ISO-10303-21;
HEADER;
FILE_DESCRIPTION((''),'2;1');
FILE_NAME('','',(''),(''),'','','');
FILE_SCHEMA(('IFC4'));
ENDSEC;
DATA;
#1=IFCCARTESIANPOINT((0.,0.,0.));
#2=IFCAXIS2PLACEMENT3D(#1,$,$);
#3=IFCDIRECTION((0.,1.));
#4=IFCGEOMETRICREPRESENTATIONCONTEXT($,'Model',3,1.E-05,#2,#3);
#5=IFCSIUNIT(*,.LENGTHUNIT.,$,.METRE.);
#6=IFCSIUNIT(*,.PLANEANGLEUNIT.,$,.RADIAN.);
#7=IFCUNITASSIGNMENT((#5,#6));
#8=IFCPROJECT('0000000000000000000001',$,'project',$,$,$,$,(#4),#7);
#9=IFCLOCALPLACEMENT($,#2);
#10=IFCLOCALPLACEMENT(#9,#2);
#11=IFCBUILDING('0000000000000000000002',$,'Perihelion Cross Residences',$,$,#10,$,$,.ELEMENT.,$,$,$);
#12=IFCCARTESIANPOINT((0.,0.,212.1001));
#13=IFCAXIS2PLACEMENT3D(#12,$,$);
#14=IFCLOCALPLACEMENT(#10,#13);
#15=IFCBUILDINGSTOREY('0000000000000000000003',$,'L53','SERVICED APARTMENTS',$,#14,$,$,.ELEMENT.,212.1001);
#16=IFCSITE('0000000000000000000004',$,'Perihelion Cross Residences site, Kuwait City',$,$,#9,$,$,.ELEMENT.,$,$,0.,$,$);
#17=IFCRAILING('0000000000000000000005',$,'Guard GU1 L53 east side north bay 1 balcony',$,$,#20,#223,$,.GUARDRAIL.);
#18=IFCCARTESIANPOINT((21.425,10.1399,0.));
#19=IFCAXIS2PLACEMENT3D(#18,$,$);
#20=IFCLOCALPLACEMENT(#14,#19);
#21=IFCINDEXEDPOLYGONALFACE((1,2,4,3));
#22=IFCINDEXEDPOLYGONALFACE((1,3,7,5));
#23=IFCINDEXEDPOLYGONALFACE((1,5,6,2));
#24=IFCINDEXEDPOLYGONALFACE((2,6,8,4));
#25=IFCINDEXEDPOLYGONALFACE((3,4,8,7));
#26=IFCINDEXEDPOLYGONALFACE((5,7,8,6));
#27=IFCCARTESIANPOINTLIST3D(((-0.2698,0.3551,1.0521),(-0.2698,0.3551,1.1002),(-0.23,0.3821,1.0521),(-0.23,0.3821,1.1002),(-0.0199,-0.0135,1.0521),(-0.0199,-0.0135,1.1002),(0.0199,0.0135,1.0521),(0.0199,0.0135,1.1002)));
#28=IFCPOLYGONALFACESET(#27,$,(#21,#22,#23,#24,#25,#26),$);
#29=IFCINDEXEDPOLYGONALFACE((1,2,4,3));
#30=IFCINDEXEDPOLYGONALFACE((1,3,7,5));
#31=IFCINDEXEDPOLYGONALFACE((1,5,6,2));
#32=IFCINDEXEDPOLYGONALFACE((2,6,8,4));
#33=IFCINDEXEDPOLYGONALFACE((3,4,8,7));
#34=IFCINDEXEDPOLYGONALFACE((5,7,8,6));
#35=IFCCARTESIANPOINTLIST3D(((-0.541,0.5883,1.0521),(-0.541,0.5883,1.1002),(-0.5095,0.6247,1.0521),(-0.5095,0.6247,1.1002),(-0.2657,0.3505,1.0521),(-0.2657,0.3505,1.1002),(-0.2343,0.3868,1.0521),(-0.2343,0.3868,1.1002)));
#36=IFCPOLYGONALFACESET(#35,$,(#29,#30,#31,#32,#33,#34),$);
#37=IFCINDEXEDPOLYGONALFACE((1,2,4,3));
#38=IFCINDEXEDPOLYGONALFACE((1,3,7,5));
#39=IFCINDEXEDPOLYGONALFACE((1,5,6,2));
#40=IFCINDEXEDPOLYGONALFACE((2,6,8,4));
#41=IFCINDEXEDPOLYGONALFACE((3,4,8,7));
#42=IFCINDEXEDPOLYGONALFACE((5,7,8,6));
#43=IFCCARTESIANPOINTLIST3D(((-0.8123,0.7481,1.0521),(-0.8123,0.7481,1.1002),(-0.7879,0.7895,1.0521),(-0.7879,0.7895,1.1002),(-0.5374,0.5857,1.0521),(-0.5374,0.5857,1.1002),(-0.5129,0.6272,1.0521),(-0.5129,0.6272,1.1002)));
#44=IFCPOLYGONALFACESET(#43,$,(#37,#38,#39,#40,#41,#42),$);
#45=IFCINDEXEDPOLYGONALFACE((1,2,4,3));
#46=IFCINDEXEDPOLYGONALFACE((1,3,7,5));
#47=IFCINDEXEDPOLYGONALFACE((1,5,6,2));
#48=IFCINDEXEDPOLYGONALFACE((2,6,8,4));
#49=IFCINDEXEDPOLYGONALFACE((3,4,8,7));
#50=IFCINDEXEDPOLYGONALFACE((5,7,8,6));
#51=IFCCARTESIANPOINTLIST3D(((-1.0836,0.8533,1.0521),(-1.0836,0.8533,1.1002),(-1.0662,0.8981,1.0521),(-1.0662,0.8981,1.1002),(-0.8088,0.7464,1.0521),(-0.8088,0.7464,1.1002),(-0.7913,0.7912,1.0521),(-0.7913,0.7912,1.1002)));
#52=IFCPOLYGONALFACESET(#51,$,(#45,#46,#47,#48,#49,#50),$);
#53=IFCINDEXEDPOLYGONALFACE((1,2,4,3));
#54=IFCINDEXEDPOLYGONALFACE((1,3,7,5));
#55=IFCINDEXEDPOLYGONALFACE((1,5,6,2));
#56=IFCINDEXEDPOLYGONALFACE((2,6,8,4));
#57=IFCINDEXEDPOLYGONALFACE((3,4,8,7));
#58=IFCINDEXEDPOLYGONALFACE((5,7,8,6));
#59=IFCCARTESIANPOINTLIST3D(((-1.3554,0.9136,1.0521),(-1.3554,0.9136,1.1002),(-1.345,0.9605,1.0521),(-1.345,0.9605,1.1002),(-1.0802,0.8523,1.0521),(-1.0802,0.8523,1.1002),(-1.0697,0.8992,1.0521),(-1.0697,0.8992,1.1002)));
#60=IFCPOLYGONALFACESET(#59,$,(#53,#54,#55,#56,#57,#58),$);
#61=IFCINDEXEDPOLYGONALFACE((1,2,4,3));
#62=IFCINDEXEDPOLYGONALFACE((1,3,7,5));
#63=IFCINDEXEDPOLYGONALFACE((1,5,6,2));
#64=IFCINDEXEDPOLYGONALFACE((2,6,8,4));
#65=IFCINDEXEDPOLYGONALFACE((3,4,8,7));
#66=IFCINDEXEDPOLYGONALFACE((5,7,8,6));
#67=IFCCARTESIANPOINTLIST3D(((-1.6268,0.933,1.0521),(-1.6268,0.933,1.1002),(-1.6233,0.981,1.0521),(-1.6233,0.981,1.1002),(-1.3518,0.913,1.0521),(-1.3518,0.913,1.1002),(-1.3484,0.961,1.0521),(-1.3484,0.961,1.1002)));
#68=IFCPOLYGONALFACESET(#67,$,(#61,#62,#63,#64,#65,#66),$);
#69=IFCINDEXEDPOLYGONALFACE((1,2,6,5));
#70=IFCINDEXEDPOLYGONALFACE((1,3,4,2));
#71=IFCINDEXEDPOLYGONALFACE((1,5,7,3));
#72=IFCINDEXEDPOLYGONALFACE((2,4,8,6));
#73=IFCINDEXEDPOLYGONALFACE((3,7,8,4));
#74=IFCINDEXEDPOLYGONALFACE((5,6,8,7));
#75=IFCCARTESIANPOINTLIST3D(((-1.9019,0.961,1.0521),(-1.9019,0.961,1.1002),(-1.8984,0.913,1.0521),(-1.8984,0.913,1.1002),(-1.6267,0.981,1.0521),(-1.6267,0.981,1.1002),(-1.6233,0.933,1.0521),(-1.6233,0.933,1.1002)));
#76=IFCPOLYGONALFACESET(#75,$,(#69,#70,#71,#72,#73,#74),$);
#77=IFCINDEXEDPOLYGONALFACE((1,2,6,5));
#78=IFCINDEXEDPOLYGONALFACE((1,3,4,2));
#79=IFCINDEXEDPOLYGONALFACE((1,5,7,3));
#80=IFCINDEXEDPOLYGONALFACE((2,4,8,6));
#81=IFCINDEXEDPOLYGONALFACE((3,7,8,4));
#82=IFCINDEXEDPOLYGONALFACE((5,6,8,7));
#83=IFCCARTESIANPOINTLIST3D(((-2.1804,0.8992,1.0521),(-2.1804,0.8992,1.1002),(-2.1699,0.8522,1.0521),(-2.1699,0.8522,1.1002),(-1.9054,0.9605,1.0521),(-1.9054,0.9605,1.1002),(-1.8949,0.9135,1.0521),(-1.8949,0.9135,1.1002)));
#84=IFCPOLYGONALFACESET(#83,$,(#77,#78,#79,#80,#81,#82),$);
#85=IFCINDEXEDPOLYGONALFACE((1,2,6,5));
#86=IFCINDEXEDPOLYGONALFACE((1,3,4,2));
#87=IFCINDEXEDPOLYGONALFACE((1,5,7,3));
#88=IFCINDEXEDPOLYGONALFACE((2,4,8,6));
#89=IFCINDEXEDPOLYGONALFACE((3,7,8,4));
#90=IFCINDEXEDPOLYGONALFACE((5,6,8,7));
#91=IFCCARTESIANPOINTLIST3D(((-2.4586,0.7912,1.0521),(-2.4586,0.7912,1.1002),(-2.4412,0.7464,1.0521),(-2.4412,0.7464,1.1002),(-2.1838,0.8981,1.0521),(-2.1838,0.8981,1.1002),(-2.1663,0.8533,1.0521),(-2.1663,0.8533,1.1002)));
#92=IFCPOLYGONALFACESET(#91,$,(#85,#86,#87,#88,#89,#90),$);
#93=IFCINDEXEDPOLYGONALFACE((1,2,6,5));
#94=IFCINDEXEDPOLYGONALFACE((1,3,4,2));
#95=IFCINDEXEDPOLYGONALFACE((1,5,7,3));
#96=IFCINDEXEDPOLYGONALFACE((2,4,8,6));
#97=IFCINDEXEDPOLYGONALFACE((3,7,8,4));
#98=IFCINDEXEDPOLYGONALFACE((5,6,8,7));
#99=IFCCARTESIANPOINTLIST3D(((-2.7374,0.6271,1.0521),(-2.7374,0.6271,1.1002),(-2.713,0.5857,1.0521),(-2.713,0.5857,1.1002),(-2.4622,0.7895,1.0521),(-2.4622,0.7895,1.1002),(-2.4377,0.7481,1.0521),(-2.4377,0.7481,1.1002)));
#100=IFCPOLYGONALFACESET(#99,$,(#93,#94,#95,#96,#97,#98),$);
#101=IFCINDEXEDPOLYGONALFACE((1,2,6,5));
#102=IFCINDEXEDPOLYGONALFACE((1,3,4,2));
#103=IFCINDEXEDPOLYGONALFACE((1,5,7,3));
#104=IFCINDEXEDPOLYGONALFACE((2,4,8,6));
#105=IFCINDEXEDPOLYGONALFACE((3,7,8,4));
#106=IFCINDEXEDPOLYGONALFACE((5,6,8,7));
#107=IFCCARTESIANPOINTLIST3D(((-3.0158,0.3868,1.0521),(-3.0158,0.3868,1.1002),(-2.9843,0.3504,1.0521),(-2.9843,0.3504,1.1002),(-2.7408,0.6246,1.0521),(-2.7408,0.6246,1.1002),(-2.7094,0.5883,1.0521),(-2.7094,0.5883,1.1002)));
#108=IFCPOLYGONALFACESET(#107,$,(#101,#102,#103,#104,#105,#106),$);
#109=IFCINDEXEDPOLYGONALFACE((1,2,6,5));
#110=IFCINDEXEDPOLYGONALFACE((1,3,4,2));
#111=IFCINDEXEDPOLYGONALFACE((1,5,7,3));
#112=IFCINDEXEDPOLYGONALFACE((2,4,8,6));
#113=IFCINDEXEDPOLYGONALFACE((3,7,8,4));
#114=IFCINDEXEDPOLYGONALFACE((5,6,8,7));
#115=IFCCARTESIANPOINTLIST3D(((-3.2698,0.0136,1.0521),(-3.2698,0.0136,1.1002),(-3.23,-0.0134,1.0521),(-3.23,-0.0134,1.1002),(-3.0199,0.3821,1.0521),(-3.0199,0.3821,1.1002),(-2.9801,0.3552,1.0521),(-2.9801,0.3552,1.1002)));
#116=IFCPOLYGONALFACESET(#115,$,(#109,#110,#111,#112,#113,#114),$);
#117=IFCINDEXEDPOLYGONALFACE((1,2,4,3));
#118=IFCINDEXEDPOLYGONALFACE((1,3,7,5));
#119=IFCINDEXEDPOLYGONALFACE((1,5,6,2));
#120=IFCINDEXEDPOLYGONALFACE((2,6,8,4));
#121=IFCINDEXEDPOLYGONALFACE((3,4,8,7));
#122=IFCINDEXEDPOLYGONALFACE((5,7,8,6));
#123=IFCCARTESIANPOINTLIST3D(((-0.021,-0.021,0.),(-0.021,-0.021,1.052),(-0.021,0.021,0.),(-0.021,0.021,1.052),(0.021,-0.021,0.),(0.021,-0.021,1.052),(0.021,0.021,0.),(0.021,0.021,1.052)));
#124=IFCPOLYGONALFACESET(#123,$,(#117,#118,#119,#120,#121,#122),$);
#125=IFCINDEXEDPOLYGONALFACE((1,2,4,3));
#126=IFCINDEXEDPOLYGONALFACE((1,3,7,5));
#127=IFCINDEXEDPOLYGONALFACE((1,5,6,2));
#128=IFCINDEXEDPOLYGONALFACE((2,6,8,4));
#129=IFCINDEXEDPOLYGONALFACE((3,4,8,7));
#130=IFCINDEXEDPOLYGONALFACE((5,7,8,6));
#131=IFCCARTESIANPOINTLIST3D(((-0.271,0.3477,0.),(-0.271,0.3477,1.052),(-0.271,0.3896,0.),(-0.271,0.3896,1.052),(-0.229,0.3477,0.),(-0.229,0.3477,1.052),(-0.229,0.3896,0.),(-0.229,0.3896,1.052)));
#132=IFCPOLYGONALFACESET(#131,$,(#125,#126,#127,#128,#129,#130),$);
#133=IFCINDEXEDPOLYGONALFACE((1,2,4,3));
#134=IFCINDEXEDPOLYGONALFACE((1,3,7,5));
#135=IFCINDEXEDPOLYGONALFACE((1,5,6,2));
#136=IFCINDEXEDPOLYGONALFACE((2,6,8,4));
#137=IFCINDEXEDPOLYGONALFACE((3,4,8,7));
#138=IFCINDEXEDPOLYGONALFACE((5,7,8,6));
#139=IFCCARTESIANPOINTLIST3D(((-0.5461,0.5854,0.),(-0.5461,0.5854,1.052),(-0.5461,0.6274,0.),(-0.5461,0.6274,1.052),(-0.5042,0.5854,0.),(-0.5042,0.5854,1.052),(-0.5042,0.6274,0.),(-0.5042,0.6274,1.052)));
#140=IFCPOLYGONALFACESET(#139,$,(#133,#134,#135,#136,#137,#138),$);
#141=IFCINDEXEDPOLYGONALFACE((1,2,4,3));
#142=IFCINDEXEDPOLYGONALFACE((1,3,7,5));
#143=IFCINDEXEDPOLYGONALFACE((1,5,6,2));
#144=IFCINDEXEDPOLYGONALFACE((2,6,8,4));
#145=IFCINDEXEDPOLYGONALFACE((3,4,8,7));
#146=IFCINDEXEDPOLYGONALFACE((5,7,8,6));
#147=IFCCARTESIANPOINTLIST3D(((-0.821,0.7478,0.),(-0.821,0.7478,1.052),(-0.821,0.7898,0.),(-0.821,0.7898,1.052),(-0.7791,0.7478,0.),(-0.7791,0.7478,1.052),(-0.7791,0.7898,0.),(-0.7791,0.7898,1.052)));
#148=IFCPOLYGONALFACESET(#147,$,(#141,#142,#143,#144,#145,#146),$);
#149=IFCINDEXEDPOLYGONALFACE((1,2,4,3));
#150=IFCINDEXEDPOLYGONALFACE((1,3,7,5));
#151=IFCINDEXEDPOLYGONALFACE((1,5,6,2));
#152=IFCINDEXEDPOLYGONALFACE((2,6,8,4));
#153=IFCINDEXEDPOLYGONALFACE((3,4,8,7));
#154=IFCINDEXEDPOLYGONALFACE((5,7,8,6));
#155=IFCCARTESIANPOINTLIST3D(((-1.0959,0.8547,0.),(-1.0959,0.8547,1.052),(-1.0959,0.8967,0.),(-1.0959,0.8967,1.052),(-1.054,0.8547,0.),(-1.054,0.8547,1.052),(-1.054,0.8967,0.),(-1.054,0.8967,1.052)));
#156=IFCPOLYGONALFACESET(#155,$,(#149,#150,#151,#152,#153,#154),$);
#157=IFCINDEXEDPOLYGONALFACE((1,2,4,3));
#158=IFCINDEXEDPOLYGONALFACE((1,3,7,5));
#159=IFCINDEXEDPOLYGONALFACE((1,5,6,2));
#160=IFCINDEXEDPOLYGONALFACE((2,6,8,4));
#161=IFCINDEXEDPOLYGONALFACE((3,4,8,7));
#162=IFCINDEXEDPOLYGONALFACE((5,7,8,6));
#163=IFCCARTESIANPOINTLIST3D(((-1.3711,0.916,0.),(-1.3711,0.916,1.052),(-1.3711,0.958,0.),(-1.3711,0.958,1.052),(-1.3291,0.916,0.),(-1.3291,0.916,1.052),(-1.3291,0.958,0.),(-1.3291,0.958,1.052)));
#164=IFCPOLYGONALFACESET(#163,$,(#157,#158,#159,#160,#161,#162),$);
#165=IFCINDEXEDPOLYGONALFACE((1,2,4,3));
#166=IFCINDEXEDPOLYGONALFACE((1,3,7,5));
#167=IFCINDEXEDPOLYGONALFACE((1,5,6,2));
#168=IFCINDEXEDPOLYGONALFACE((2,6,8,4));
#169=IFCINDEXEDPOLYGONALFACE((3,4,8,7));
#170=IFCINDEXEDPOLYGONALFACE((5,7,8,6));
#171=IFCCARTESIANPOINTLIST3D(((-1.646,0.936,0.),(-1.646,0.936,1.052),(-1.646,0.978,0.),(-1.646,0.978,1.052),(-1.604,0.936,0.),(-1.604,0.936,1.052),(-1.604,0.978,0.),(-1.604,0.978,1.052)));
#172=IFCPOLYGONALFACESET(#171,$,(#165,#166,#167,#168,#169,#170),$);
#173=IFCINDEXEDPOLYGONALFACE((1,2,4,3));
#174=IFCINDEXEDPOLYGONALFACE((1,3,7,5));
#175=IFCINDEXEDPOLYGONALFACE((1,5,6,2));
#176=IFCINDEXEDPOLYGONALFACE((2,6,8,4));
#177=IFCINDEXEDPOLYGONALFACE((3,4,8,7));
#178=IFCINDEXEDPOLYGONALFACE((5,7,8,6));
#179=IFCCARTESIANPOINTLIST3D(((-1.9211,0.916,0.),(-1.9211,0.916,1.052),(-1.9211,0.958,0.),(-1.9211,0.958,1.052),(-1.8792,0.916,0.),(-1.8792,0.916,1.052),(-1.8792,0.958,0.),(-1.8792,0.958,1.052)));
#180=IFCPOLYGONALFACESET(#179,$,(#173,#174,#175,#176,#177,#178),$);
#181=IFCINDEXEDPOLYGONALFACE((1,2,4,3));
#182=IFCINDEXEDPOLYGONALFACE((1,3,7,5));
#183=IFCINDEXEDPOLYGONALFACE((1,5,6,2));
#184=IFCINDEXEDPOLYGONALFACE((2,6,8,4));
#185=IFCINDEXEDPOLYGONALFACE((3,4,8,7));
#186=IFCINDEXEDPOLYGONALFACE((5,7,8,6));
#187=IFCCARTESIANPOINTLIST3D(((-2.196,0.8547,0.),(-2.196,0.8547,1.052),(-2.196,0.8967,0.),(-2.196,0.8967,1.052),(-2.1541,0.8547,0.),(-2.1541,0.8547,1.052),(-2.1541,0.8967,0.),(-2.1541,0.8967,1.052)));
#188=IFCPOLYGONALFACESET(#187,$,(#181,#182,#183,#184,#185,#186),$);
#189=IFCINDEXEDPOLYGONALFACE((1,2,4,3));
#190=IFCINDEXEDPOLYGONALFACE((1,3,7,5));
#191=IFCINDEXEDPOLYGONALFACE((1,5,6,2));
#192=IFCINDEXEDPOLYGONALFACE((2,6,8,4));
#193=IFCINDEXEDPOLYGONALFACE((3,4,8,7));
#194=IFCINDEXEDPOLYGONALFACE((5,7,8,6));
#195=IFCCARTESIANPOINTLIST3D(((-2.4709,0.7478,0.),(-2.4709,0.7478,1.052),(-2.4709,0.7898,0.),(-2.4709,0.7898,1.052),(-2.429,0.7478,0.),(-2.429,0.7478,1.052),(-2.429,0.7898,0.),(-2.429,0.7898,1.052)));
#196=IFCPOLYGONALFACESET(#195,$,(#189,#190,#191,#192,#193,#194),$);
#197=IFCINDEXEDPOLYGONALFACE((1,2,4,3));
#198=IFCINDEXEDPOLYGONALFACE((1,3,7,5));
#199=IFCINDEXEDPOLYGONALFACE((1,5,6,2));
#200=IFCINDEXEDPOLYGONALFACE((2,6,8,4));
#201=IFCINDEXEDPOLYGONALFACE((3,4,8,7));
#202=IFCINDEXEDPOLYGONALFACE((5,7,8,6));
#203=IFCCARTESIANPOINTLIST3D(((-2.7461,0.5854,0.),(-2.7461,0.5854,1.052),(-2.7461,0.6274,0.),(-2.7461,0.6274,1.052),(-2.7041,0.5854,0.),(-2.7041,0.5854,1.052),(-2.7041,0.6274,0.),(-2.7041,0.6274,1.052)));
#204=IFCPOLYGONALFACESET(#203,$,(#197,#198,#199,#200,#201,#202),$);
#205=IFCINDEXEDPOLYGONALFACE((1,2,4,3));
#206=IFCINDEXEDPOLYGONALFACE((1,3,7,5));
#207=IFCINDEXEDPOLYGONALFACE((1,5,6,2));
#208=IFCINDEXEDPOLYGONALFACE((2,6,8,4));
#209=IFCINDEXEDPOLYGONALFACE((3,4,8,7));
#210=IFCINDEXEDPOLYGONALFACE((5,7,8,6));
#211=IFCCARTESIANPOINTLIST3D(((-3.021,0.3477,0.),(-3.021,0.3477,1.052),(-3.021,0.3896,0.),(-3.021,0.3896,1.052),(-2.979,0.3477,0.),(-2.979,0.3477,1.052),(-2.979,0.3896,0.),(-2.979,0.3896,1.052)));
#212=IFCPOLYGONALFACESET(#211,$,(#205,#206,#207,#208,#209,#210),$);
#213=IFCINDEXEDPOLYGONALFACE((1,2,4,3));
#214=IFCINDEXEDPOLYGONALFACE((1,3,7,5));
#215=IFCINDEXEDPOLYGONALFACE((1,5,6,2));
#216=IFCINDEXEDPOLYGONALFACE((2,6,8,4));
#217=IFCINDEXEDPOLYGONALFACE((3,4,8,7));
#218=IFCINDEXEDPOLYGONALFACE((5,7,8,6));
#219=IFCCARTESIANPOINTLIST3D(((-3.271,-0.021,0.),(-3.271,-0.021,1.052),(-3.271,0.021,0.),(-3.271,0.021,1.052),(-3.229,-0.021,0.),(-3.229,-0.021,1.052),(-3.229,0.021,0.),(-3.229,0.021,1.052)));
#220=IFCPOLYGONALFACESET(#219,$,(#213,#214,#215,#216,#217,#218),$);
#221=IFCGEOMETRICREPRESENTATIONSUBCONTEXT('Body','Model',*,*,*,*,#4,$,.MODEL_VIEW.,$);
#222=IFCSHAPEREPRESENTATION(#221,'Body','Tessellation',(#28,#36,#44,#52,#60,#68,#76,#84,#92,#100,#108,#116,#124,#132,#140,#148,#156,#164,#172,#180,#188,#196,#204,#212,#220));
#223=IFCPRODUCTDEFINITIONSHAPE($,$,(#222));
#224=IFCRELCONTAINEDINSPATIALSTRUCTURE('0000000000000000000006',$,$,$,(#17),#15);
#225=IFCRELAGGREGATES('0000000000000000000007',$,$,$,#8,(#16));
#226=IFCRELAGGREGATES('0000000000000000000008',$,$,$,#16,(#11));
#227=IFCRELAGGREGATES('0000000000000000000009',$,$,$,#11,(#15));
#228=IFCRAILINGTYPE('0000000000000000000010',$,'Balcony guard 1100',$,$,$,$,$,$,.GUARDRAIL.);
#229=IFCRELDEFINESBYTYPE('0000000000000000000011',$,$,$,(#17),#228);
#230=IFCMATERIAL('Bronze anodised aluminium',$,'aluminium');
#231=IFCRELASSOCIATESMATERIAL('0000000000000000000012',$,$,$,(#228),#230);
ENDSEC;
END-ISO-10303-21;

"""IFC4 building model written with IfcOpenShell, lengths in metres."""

from ifc_helpers import new_model, si_unit, direction, frame, origin, origin_2d, place, context, subcontext, project, spatial, rectangle, extrude, material, type_object, element, save


model = new_model("IFC4")

# Units and contexts
model_context = context("Model", 3, precision=1e-05, world=origin(), true_north=direction((0.0, 1.0)))
body_context = subcontext(model_context, "Body", "Model", "MODEL_VIEW")
ifc_project = project(units=[si_unit("LENGTHUNIT", "METRE"), si_unit("PLANEANGLEUNIT", "RADIAN")], contexts=[model_context])

# Site, building, storey
site_placement = place(None, origin())
site = spatial("IfcSite", under=ifc_project, at=site_placement, Name="Perihelion Cross Residences site, Kuwait City", CompositionType="ELEMENT", RefElevation=0.0)
building_placement = place(site_placement, origin())
building = spatial("IfcBuilding", under=site, at=building_placement, Name="Perihelion Cross Residences", CompositionType="ELEMENT")
storey_placement = place(building_placement, frame((0.0, 0.0, 212.1001)))
storey = spatial("IfcBuildingStorey", under=building, at=storey_placement, Name="L53", Description="SERVICED APARTMENTS", CompositionType="ELEMENT", Elevation=212.1001)

# Railing
ifc_material_1 = material(Name="Bronze anodised aluminium", Category="aluminium")
railing_type_1 = type_object("IfcRailingType", Name="Balcony guard 1100", PredefinedType="GUARDRAIL", material=ifc_material_1)
railing_1_placement = place(storey_placement, frame((21.425, 10.1399, 0.0)))
element("IfcRailing", 1, at=railing_1_placement, inside=storey, type_object=railing_type_1, Name="Guard GU1 L53 east side north bay 1 balcony", PredefinedType="GUARDRAIL", context=body_context, shape_type="SweptSolid", body=[
    extrude(rectangle(XDim=0.0481, YDim=0.0481, at=origin_2d()), frame((0.0, 0.0, 1.0762), z_axis=(-0.56126, 0.827639, 0.0), x_axis=(-0.827639, -0.56126, 0.0)), (0.0, 0.0, 1.0), 0.4453),
    extrude(rectangle(XDim=0.0481, YDim=0.0481, at=origin_2d()), frame((-0.25, 0.3687, 1.0762), z_axis=(-0.756597, 0.653882, 0.0), x_axis=(-0.653882, -0.756597, 0.0)), (0.0, 0.0, 1.0), 0.3638),
    extrude(rectangle(XDim=0.0481, YDim=0.0481, at=origin_2d()), frame((-0.5251, 0.6064, 1.0762), z_axis=(-0.861048, 0.508523, 0.0), x_axis=(-0.508523, -0.861048, 0.0)), (0.0, 0.0, 1.0), 0.3193),
    extrude(rectangle(XDim=0.0481, YDim=0.0481, at=origin_2d()), frame((-0.8, 0.7688, 1.0762), z_axis=(-0.931974, 0.362526, 0.0), x_axis=(-0.362526, -0.931974, 0.0)), (0.0, 0.0, 1.0), 0.2949),
    extrude(rectangle(XDim=0.0481, YDim=0.0481, at=origin_2d()), frame((-1.075, 0.8757, 1.0762), z_axis=(-0.976085, 0.217389, 0.0), x_axis=(-0.217389, -0.976085, 0.0)), (0.0, 0.0, 1.0), 0.282),
    extrude(rectangle(XDim=0.0481, YDim=0.0481, at=origin_2d()), frame((-1.3501, 0.937, 1.0762), z_axis=(-0.997359, 0.072632, 0.0), x_axis=(-0.072632, -0.997359, 0.0)), (0.0, 0.0, 1.0), 0.2756),
    extrude(rectangle(XDim=0.0481, YDim=0.0481, at=origin_2d()), frame((-1.625, 0.957, 1.0762), z_axis=(-0.997363, -0.072568, 0.0), x_axis=(0.072568, -0.997363, 0.0)), (0.0, 0.0, 1.0), 0.2759),
    extrude(rectangle(XDim=0.0481, YDim=0.0481, at=origin_2d()), frame((-1.9001, 0.937, 1.0762), z_axis=(-0.976044, -0.217573, 0.0), x_axis=(0.217573, -0.976044, 0.0)), (0.0, 0.0, 1.0), 0.2817),
    extrude(rectangle(XDim=0.0481, YDim=0.0481, at=origin_2d()), frame((-2.175, 0.8757, 1.0762), z_axis=(-0.931974, -0.362526, 0.0), x_axis=(0.362526, -0.931974, 0.0)), (0.0, 0.0, 1.0), 0.2949),
    extrude(rectangle(XDim=0.0481, YDim=0.0481, at=origin_2d()), frame((-2.45, 0.7688, 1.0762), z_axis=(-0.861246, -0.508189, 0.0), x_axis=(0.508189, -0.861246, 0.0)), (0.0, 0.0, 1.0), 0.3196),
    extrude(rectangle(XDim=0.0481, YDim=0.0481, at=origin_2d()), frame((-2.7251, 0.6064, 1.0762), z_axis=(-0.756309, -0.654214, 0.0), x_axis=(0.654214, -0.756309, 0.0)), (0.0, 0.0, 1.0), 0.3635),
    extrude(rectangle(XDim=0.0481, YDim=0.0481, at=origin_2d()), frame((-3.0, 0.3687, 1.0762), z_axis=(-0.56126, -0.827639, 0.0), x_axis=(0.827639, -0.56126, 0.0)), (0.0, 0.0, 1.0), 0.4453),
    extrude(rectangle(XDim=0.042, YDim=0.042, at=origin_2d()), origin(), (0.0, 0.0, 1.0), 1.052),
    extrude(rectangle(XDim=0.042, YDim=0.042, at=origin_2d()), frame((-0.25, 0.3687, 0.0)), (0.0, 0.0, 1.0), 1.052),
    extrude(rectangle(XDim=0.042, YDim=0.042, at=origin_2d()), frame((-0.5251, 0.6064, 0.0)), (0.0, 0.0, 1.0), 1.052),
    extrude(rectangle(XDim=0.042, YDim=0.042, at=origin_2d()), frame((-0.8, 0.7688, 0.0)), (0.0, 0.0, 1.0), 1.052),
    extrude(rectangle(XDim=0.042, YDim=0.042, at=origin_2d()), frame((-1.075, 0.8757, 0.0)), (0.0, 0.0, 1.0), 1.052),
    extrude(rectangle(XDim=0.042, YDim=0.042, at=origin_2d()), frame((-1.3501, 0.937, 0.0)), (0.0, 0.0, 1.0), 1.052),
    extrude(rectangle(XDim=0.042, YDim=0.042, at=origin_2d()), frame((-1.625, 0.957, 0.0)), (0.0, 0.0, 1.0), 1.052),
    extrude(rectangle(XDim=0.042, YDim=0.042, at=origin_2d()), frame((-1.9001, 0.937, 0.0)), (0.0, 0.0, 1.0), 1.052),
    extrude(rectangle(XDim=0.042, YDim=0.042, at=origin_2d()), frame((-2.175, 0.8757, 0.0)), (0.0, 0.0, 1.0), 1.052),
    extrude(rectangle(XDim=0.042, YDim=0.042, at=origin_2d()), frame((-2.45, 0.7688, 0.0)), (0.0, 0.0, 1.0), 1.052),
    extrude(rectangle(XDim=0.042, YDim=0.042, at=origin_2d()), frame((-2.7251, 0.6064, 0.0)), (0.0, 0.0, 1.0), 1.052),
    extrude(rectangle(XDim=0.042, YDim=0.042, at=origin_2d()), frame((-3.0, 0.3687, 0.0)), (0.0, 0.0, 1.0), 1.052),
    extrude(rectangle(XDim=0.042, YDim=0.042, at=origin_2d()), frame((-3.25, 0.0, 0.0)), (0.0, 0.0, 1.0), 1.052),
])

save(model, "model.ifc")
